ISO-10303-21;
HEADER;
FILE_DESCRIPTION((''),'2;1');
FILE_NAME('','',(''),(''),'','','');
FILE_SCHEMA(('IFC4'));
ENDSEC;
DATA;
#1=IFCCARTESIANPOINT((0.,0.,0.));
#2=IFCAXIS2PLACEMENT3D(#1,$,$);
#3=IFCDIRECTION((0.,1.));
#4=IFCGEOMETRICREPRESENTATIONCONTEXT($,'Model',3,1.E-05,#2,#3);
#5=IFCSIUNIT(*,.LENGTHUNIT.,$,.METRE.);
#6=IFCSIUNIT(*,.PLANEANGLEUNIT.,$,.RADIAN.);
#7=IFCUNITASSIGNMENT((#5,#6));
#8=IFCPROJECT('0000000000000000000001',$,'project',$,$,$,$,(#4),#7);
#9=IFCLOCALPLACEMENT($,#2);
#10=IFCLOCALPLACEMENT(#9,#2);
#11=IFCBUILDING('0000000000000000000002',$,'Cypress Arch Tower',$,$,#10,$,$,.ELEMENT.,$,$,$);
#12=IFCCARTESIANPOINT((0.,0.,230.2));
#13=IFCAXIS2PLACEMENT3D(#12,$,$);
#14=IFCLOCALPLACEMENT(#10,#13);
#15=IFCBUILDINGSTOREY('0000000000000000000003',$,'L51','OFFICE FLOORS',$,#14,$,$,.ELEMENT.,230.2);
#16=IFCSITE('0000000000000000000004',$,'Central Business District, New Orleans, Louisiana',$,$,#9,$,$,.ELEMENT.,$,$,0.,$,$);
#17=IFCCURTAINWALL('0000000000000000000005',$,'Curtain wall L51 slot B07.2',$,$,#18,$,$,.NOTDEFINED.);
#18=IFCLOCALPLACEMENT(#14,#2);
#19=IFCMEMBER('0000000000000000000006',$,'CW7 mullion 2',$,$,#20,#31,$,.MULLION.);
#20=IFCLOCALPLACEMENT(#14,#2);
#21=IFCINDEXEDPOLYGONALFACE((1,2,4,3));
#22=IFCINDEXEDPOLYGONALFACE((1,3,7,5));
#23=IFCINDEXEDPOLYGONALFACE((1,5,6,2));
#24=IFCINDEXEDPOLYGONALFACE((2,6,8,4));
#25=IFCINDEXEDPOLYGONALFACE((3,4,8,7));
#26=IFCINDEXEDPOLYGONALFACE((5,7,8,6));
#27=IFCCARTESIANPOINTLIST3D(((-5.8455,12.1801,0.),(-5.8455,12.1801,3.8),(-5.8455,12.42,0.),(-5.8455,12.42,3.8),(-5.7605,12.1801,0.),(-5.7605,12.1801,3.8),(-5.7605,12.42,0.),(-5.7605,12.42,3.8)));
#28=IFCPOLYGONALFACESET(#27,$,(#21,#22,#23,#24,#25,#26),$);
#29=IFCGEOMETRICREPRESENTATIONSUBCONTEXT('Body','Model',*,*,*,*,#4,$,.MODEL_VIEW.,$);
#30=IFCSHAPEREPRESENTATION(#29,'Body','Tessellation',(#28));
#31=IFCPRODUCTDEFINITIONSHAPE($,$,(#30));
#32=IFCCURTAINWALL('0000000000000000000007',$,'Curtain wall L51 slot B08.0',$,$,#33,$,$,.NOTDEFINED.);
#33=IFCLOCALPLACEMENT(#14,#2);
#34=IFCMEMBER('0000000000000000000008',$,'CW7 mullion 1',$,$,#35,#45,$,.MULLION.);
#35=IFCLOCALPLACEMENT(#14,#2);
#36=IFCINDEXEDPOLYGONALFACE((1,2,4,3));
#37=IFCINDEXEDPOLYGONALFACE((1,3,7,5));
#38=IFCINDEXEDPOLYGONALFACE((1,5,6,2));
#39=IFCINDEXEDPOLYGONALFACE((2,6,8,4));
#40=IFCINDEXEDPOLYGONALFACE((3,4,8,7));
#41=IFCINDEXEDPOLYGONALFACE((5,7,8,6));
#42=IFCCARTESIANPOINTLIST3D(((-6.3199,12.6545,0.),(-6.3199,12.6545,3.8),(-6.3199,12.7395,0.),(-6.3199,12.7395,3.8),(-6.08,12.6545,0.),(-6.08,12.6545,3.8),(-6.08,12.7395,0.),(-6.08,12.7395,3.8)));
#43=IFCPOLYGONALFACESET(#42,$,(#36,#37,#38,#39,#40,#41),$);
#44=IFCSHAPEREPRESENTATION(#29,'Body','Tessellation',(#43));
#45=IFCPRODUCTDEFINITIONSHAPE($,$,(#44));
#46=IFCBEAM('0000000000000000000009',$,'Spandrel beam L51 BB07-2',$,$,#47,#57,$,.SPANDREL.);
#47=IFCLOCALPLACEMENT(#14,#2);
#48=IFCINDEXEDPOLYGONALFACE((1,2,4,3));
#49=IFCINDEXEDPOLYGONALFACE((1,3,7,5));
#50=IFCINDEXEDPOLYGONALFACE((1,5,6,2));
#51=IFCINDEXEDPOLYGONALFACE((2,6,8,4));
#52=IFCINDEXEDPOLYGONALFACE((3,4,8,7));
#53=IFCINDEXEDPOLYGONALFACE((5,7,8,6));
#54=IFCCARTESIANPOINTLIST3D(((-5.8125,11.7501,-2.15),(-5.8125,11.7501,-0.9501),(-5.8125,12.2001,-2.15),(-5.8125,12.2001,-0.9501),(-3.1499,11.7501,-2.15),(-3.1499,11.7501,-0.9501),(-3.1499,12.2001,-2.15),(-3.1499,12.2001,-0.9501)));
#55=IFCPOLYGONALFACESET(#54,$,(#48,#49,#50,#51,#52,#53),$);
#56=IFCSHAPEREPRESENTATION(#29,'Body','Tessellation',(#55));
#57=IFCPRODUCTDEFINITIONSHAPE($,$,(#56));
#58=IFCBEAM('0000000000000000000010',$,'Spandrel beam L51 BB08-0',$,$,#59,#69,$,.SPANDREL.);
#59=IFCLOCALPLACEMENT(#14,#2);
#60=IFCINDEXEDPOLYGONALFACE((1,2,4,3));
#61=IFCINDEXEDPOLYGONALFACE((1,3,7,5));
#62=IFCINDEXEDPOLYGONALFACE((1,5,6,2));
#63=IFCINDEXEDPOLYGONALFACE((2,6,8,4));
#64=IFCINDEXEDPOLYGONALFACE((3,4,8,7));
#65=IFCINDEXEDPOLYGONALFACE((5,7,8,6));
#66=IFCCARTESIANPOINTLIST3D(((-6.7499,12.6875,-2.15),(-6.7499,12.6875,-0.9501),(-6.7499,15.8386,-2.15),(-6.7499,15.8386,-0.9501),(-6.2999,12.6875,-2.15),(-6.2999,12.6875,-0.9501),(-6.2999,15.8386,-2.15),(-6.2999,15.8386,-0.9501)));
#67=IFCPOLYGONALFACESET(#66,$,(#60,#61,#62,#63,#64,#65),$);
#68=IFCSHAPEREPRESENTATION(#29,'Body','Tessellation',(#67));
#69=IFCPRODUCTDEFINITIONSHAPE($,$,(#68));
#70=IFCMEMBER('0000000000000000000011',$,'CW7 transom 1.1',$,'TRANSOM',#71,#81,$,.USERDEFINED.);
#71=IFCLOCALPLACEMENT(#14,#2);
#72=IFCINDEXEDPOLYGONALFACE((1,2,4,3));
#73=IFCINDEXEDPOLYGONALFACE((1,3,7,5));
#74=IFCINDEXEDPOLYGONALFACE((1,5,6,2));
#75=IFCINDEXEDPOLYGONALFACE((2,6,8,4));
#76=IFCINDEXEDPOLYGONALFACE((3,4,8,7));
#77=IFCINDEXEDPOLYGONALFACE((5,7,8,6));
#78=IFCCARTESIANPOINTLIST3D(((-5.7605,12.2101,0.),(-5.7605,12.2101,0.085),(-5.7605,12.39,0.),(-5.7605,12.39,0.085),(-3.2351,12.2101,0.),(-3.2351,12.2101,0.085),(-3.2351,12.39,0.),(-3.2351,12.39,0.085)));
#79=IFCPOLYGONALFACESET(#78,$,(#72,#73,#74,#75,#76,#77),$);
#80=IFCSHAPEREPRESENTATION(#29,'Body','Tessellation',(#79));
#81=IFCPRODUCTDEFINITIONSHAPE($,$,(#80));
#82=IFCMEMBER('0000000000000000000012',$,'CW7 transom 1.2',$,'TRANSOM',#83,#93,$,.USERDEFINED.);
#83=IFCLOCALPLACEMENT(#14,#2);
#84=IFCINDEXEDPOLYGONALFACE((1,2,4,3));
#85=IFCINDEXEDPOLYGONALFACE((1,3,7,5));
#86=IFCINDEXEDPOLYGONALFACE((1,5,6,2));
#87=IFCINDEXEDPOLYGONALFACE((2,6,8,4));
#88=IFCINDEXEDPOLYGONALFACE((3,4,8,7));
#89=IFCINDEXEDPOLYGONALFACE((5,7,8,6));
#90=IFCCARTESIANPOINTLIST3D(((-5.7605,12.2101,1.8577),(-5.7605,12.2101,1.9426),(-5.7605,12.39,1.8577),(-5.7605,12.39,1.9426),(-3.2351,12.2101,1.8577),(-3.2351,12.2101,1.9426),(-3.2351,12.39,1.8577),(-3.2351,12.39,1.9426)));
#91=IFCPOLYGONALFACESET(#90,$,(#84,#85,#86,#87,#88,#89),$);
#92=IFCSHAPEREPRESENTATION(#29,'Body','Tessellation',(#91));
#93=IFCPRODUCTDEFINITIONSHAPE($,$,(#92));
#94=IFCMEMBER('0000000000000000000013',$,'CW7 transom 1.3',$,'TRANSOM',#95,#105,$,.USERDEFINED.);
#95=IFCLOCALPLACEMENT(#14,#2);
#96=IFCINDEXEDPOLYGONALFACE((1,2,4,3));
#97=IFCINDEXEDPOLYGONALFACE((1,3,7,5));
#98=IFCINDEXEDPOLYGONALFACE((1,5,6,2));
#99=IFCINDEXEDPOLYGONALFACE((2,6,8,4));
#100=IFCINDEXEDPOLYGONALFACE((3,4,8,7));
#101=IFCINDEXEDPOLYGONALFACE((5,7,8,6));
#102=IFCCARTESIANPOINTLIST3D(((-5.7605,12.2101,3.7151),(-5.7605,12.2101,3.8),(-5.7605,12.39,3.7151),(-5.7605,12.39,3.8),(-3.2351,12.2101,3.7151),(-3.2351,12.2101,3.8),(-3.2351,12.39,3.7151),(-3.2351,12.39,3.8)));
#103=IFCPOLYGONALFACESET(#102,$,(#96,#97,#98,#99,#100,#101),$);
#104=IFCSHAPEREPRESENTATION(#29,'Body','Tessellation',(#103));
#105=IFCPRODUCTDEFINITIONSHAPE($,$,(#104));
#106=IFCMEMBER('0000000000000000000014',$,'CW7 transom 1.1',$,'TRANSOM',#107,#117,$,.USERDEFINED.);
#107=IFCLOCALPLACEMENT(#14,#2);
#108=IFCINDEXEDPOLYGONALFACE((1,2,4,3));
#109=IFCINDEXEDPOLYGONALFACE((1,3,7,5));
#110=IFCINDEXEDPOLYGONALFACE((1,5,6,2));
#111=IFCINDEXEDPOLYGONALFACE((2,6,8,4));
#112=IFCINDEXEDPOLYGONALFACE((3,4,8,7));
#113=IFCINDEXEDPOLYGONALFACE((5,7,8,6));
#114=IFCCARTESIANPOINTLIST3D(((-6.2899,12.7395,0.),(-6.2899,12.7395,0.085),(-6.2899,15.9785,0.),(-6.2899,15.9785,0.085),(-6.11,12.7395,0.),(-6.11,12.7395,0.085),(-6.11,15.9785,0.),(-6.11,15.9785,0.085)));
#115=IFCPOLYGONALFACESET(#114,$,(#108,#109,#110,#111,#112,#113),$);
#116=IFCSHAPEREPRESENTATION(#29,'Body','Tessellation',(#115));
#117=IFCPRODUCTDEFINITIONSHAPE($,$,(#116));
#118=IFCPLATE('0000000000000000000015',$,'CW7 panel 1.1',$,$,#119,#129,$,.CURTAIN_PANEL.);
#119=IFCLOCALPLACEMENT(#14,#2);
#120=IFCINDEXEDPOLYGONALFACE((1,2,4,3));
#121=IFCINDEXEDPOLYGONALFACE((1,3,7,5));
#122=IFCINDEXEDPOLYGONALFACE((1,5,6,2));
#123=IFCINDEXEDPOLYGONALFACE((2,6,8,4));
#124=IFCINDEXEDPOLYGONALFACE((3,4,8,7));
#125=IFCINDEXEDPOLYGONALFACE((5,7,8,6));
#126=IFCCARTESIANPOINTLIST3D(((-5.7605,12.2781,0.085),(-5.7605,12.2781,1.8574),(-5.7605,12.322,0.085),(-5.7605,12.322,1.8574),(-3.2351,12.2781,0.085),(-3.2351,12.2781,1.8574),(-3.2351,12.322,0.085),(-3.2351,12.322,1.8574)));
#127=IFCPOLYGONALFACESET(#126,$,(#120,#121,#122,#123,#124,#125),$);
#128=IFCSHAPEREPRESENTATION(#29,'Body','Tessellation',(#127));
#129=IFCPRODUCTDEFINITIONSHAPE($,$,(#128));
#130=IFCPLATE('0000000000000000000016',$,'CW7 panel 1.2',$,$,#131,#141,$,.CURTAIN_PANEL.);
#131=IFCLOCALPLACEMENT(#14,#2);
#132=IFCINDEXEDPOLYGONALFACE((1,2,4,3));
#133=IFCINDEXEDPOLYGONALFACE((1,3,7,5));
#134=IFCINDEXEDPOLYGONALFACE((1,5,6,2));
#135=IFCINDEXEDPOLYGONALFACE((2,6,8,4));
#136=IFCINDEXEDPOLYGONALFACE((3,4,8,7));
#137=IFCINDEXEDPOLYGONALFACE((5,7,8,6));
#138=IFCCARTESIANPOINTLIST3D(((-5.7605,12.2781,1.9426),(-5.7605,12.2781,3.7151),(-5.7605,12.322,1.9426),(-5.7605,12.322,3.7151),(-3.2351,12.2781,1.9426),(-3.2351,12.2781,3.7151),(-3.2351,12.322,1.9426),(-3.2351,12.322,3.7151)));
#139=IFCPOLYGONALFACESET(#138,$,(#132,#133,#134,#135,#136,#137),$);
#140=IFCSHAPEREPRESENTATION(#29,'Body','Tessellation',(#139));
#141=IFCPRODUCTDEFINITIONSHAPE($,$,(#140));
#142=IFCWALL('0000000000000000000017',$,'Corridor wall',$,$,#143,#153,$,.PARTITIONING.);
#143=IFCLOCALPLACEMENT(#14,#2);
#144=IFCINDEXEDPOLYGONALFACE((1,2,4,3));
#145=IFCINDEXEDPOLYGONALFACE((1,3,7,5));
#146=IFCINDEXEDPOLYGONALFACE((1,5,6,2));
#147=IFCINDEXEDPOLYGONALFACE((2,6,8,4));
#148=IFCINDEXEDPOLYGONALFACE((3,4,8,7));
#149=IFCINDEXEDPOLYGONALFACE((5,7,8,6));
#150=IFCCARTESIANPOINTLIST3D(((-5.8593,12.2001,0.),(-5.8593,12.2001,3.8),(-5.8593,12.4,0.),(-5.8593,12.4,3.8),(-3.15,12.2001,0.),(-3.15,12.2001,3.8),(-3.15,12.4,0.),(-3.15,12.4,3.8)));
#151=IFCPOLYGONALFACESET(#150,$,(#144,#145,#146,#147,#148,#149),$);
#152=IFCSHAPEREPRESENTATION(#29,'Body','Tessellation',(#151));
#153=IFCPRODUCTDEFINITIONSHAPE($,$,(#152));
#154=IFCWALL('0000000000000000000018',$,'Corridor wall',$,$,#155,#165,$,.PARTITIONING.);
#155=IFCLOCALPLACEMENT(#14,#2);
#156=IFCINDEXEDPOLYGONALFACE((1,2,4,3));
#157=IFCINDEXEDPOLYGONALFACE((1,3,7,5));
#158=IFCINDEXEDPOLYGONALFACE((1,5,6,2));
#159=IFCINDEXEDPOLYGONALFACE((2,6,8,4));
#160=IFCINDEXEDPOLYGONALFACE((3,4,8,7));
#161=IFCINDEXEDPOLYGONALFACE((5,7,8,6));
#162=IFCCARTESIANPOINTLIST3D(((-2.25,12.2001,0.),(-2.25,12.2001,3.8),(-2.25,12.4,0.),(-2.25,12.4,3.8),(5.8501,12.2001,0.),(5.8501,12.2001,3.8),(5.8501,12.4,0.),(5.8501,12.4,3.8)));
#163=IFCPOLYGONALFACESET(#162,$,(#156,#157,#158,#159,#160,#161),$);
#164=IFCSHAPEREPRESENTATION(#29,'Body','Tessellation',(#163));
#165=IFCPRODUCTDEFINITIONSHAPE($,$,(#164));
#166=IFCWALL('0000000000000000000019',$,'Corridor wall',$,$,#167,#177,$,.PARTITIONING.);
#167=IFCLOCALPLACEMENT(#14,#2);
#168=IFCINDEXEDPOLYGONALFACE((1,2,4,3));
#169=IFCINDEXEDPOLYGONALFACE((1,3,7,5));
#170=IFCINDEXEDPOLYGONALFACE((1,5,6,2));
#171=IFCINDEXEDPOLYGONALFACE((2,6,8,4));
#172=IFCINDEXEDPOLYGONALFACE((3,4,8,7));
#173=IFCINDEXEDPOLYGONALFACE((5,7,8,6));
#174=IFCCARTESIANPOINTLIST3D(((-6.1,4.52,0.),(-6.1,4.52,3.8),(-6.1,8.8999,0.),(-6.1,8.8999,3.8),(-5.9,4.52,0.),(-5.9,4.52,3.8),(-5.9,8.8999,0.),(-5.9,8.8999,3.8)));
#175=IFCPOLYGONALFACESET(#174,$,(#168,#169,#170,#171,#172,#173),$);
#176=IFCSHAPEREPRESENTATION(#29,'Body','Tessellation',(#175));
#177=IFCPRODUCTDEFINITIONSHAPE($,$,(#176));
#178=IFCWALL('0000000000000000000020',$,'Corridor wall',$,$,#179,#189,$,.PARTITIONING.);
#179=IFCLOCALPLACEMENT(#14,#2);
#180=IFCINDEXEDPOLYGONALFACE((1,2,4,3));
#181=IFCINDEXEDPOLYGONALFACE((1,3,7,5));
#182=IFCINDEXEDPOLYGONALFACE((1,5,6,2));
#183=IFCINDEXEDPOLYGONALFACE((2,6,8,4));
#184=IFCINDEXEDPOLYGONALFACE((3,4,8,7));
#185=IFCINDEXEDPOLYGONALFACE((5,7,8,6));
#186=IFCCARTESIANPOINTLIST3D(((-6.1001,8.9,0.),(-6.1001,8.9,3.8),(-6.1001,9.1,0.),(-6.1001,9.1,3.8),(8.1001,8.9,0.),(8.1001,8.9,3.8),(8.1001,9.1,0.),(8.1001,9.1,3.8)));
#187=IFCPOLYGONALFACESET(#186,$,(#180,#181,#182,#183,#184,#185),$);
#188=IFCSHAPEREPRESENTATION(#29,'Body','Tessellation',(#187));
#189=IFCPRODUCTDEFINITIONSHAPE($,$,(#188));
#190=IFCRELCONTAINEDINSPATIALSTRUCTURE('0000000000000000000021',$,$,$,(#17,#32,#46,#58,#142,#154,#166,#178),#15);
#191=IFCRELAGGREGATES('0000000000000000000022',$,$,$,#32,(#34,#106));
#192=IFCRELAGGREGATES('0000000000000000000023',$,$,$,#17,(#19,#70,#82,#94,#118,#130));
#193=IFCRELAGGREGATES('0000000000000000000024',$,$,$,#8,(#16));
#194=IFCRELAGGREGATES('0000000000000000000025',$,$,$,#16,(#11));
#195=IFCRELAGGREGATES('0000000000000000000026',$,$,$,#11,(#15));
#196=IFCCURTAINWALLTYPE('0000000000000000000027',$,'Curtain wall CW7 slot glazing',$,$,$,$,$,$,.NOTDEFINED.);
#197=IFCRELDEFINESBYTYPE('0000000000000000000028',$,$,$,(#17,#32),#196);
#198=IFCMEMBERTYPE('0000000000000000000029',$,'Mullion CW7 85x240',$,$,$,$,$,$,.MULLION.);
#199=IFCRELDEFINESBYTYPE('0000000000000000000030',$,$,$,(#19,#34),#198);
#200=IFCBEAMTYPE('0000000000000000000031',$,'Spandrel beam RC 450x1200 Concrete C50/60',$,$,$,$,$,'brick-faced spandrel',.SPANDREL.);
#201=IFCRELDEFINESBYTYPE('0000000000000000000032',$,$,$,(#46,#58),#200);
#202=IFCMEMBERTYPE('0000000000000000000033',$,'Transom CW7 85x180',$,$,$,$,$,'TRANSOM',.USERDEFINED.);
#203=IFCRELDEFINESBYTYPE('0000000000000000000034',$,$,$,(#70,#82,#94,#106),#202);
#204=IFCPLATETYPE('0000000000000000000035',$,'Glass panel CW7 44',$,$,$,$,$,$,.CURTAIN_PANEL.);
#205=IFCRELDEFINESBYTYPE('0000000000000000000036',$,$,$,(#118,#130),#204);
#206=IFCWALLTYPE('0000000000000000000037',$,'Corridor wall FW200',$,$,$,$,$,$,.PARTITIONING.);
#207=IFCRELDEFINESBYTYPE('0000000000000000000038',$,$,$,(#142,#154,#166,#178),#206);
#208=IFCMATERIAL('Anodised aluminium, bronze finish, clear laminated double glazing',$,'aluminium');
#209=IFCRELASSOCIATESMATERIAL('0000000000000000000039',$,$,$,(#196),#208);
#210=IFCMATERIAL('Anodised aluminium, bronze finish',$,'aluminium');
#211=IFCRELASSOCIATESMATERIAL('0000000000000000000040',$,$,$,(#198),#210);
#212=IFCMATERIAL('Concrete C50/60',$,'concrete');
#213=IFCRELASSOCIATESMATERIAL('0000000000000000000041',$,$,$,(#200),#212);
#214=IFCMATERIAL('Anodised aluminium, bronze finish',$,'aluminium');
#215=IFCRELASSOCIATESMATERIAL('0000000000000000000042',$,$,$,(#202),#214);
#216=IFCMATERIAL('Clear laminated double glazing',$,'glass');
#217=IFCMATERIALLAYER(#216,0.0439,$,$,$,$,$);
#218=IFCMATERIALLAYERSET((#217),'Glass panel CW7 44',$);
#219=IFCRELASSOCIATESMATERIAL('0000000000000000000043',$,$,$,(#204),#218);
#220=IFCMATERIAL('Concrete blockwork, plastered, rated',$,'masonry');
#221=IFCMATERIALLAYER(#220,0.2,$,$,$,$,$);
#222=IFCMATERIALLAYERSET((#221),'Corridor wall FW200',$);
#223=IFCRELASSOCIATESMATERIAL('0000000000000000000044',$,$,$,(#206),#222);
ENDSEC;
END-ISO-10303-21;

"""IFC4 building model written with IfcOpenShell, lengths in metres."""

from ifc_helpers import new_model, si_unit, direction, frame, frame_2d, origin, origin_2d, place, context, subcontext, project, spatial, rectangle, extrude, material, layer, layer_set, material_profile, profile_set, type_object, element, aggregate, save


model = new_model("IFC4")

# Units and contexts
model_context = context("Model", 3, precision=1e-05, world=origin(), true_north=direction((0.0, 1.0)))
body_context = subcontext(model_context, "Body", "Model", "MODEL_VIEW")
ifc_project = project(units=[si_unit("LENGTHUNIT", "METRE"), si_unit("PLANEANGLEUNIT", "RADIAN")], contexts=[model_context])

# Site, building, storey
site_placement = place(None, origin())
site = spatial("IfcSite", under=ifc_project, at=site_placement, Name="Central Business District, New Orleans, Louisiana", CompositionType="ELEMENT", RefElevation=0.0)
building_placement = place(site_placement, origin())
building = spatial("IfcBuilding", under=site, at=building_placement, Name="Cypress Arch Tower", CompositionType="ELEMENT")
storey_placement = place(building_placement, frame((0.0, 0.0, 230.2)))
storey = spatial("IfcBuildingStorey", under=building, at=storey_placement, Name="L51", Description="OFFICE FLOORS", CompositionType="ELEMENT", Elevation=230.2)

# Shared definitions
ifc_material_1 = material(Name="Anodised aluminium, bronze finish, clear laminated double glazing", Category="aluminium")
curtain_wall_type = type_object("IfcCurtainWallType", Name="Curtain wall CW7 slot glazing", PredefinedType="NOTDEFINED", material=ifc_material_1)
ifc_material_2 = material(Name="Anodised aluminium, bronze finish", Category="aluminium")
ifc_material_profile_1 = material_profile(ifc_material_2, rectangle(XDim=0.24, YDim=0.085, at=origin_2d()), Name="Mullion 85x240")
ifc_profile_set_1 = profile_set([ifc_material_profile_1], Name="Anodised aluminium, bronze finish")
member_type_1 = type_object("IfcMemberType", Name="Mullion CW7 85x240", PredefinedType="MULLION", material=ifc_profile_set_1)

# Curtain wall, member
curtain_wall_1_placement = place(storey_placement, origin())
curtain_wall_1 = element("IfcCurtainWall", 1, at=curtain_wall_1_placement, inside=storey, type_object=curtain_wall_type, Name="Curtain wall L51 slot B07.2", PredefinedType="NOTDEFINED")
member_1_placement = place(storey_placement, frame((-5.803, 12.3, 0.0), z_axis=(0.0, 0.0, 1.0), x_axis=(0.0, -1.0, 0.0)))
member_1 = element("IfcMember", 2, at=member_1_placement, type_object=member_type_1, Name="CW7 mullion 2", PredefinedType="MULLION", context=body_context, shape_type="SweptSolid", body=[
    extrude(rectangle(XDim=0.24, YDim=0.085, at=origin_2d()), origin(), (0.0, 0.0, 1.0), 3.8),
])

# Curtain wall, member
curtain_wall_2_placement = place(storey_placement, origin())
curtain_wall_2 = element("IfcCurtainWall", 3, at=curtain_wall_2_placement, inside=storey, type_object=curtain_wall_type, Name="Curtain wall L51 slot B08.0", PredefinedType="NOTDEFINED")
member_2_placement = place(storey_placement, frame((-6.2, 12.697, 0.0), z_axis=(0.0, 0.0, 1.0), x_axis=(-1.0, 0.0, 0.0)))
member_2 = element("IfcMember", 4, at=member_2_placement, type_object=member_type_1, Name="CW7 mullion 1", PredefinedType="MULLION", context=body_context, shape_type="SweptSolid", body=[
    extrude(rectangle(XDim=0.24, YDim=0.085, at=origin_2d()), origin(), (0.0, 0.0, 1.0), 3.8),
])

# Beams
ifc_material_3 = material(Name="Concrete C50/60", Category="concrete")
ifc_material_profile_2 = material_profile(ifc_material_3, rectangle(XDim=0.45, YDim=1.2, at=origin_2d()), Name="RC 450x1200")
ifc_profile_set_2 = profile_set([ifc_material_profile_2], Name="Concrete C50/60")
beam_type_1 = type_object("IfcBeamType", Name="Spandrel beam RC 450x1200 Concrete C50/60", ElementType="brick-faced spandrel", PredefinedType="SPANDREL", material=ifc_profile_set_2)
beam_1_placement = place(storey_placement, frame((-3.1499, 11.9751, -1.55), z_axis=(-1.0, 0.0, 0.0), x_axis=(0.0, -1.0, 0.0)))
element("IfcBeam", 5, at=beam_1_placement, inside=storey, type_object=beam_type_1, Name="Spandrel beam L51 BB07-2", PredefinedType="SPANDREL", context=body_context, shape_type="SweptSolid", body=[
    extrude(rectangle(XDim=0.45, YDim=1.2, at=origin_2d()), origin(), (0.0, 0.0, 1.0), 2.6626),
])
beam_2_placement = place(storey_placement, frame((-6.5249, 12.6875, -1.55), z_axis=(0.0, 1.0, 0.0), x_axis=(-1.0, 0.0, 0.0)))
element("IfcBeam", 6, at=beam_2_placement, inside=storey, type_object=beam_type_1, Name="Spandrel beam L51 BB08-0", PredefinedType="SPANDREL", context=body_context, shape_type="SweptSolid", body=[
    extrude(rectangle(XDim=0.45, YDim=1.2, at=origin_2d()), origin(), (0.0, 0.0, 1.0), 3.1511),
])

# Members
ifc_material_4 = material(Name="Anodised aluminium, bronze finish", Category="aluminium")
ifc_material_profile_3 = material_profile(ifc_material_4, rectangle(XDim=0.1799, YDim=0.085, at=origin_2d()), Name="Transom 85x180")
ifc_profile_set_3 = profile_set([ifc_material_profile_3], Name="Anodised aluminium, bronze finish")
member_type_2 = type_object("IfcMemberType", Name="Transom CW7 85x180", ElementType="TRANSOM", PredefinedType="USERDEFINED", material=ifc_profile_set_3)
member_3_placement = place(storey_placement, frame((-3.2351, 12.3, 0.0425), z_axis=(-1.0, 0.0, 0.0), x_axis=(0.0, -1.0, 0.0)))
member_3 = element("IfcMember", 7, at=member_3_placement, type_object=member_type_2, Name="CW7 transom 1.1", ObjectType="TRANSOM", PredefinedType="USERDEFINED", context=body_context, shape_type="SweptSolid", body=[
    extrude(rectangle(XDim=0.1799, YDim=0.085, at=origin_2d()), origin(), (0.0, 0.0, 1.0), 2.5254),
])
member_4_placement = place(storey_placement, frame((-3.2351, 12.3, 1.9001), z_axis=(-1.0, 0.0, 0.0), x_axis=(0.0, -1.0, 0.0)))
member_4 = element("IfcMember", 8, at=member_4_placement, type_object=member_type_2, Name="CW7 transom 1.2", ObjectType="TRANSOM", PredefinedType="USERDEFINED", context=body_context, shape_type="SweptSolid", body=[
    extrude(rectangle(XDim=0.1799, YDim=0.085, at=origin_2d()), origin(), (0.0, 0.0, 1.0), 2.5254),
])
member_5_placement = place(storey_placement, frame((-3.2351, 12.3, 3.7576), z_axis=(-1.0, 0.0, 0.0), x_axis=(0.0, -1.0, 0.0)))
member_5 = element("IfcMember", 9, at=member_5_placement, type_object=member_type_2, Name="CW7 transom 1.3", ObjectType="TRANSOM", PredefinedType="USERDEFINED", context=body_context, shape_type="SweptSolid", body=[
    extrude(rectangle(XDim=0.1799, YDim=0.085, at=origin_2d()), origin(), (0.0, 0.0, 1.0), 2.5254),
])
member_6_placement = place(storey_placement, frame((-6.2, 12.7395, 0.0425), z_axis=(0.0, 1.0, 0.0), x_axis=(-1.0, 0.0, 0.0)))
member_6 = element("IfcMember", 10, at=member_6_placement, type_object=member_type_2, Name="CW7 transom 1.1", ObjectType="TRANSOM", PredefinedType="USERDEFINED", context=body_context, shape_type="SweptSolid", body=[
    extrude(rectangle(XDim=0.1799, YDim=0.085, at=origin_2d()), origin(), (0.0, 0.0, 1.0), 3.239),
])
aggregate(curtain_wall_2, [member_2, member_6])

# Plates
ifc_material_5 = material(Name="Clear laminated double glazing", Category="glass")
ifc_layer_1 = layer(ifc_material_5, 0.0439)
ifc_layer_set_1 = layer_set([ifc_layer_1], Name="Glass panel CW7 44")
plate_type = type_object("IfcPlateType", Name="Glass panel CW7 44", PredefinedType="CURTAIN_PANEL", material=ifc_layer_set_1)
plate_1_placement = place(storey_placement, frame((-4.4978, 12.3, 0.085), z_axis=(0.0, 0.0, 1.0), x_axis=(-1.0, 0.0, 0.0)))
plate_1 = element("IfcPlate", 11, at=plate_1_placement, type_object=plate_type, Name="CW7 panel 1.1", PredefinedType="CURTAIN_PANEL", context=body_context, shape_type="SweptSolid", body=[
    extrude(rectangle(XDim=2.5254, YDim=0.0439, at=origin_2d()), origin(), (0.0, 0.0, 1.0), 1.7725),
])
plate_2_placement = place(storey_placement, frame((-4.4978, 12.3, 1.9426), z_axis=(0.0, 0.0, 1.0), x_axis=(-1.0, 0.0, 0.0)))
plate_2 = element("IfcPlate", 12, at=plate_2_placement, type_object=plate_type, Name="CW7 panel 1.2", PredefinedType="CURTAIN_PANEL", context=body_context, shape_type="SweptSolid", body=[
    extrude(rectangle(XDim=2.5254, YDim=0.0439, at=origin_2d()), origin(), (0.0, 0.0, 1.0), 1.7725),
])
aggregate(curtain_wall_1, [member_1, member_3, member_4, member_5, plate_1, plate_2])

# Shared definitions
ifc_material_6 = material(Name="Concrete blockwork, plastered, rated", Category="masonry")
ifc_layer_2 = layer(ifc_material_6, 0.2)
ifc_layer_set_2 = layer_set([ifc_layer_2], Name="Corridor wall FW200")
wall_type = type_object("IfcWallType", Name="Corridor wall FW200", PredefinedType="PARTITIONING", material=ifc_layer_set_2)

# Walls
wall_1_placement = place(storey_placement, frame((-5.8591, 12.3, 0.0), z_axis=(0.0, 0.0, 1.0), x_axis=(1.0, 0.0, 0.0)))
element("IfcWall", 13, at=wall_1_placement, inside=storey, type_object=wall_type, Name="Corridor wall", PredefinedType="PARTITIONING", context=body_context, shape_type="SweptSolid", body=[
    extrude(rectangle(XDim=2.7092, YDim=0.2, at=frame_2d((1.3545, 0.0))), origin(), (0.0, 0.0, 1.0), 3.8),
])
wall_2_placement = place(storey_placement, frame((-2.25, 12.3, 0.0), z_axis=(0.0, 0.0, 1.0), x_axis=(1.0, 0.0, 0.0)))
element("IfcWall", 14, at=wall_2_placement, inside=storey, type_object=wall_type, Name="Corridor wall", PredefinedType="PARTITIONING", context=body_context, shape_type="SweptSolid", body=[
    extrude(rectangle(XDim=8.1001, YDim=0.2, at=frame_2d((4.05, 0.0))), origin(), (0.0, 0.0, 1.0), 3.8),
])
wall_3_placement = place(storey_placement, frame((-6.0, 4.52, 0.0), z_axis=(0.0, 0.0, 1.0), x_axis=(0.0, 1.0, 0.0)))
element("IfcWall", 15, at=wall_3_placement, inside=storey, type_object=wall_type, Name="Corridor wall", PredefinedType="PARTITIONING", context=body_context, shape_type="SweptSolid", body=[
    extrude(rectangle(XDim=4.3799, YDim=0.2, at=frame_2d((2.1899, 0.0))), origin(), (0.0, 0.0, 1.0), 3.8),
])
wall_4_placement = place(storey_placement, frame((-6.1001, 9.0, 0.0), z_axis=(0.0, 0.0, 1.0), x_axis=(1.0, 0.0, 0.0)))
element("IfcWall", 16, at=wall_4_placement, inside=storey, type_object=wall_type, Name="Corridor wall", PredefinedType="PARTITIONING", context=body_context, shape_type="SweptSolid", body=[
    extrude(rectangle(XDim=14.2002, YDim=0.2, at=frame_2d((7.1001, 0.0))), origin(), (0.0, 0.0, 1.0), 3.8),
])

save(model, "model.ifc")
